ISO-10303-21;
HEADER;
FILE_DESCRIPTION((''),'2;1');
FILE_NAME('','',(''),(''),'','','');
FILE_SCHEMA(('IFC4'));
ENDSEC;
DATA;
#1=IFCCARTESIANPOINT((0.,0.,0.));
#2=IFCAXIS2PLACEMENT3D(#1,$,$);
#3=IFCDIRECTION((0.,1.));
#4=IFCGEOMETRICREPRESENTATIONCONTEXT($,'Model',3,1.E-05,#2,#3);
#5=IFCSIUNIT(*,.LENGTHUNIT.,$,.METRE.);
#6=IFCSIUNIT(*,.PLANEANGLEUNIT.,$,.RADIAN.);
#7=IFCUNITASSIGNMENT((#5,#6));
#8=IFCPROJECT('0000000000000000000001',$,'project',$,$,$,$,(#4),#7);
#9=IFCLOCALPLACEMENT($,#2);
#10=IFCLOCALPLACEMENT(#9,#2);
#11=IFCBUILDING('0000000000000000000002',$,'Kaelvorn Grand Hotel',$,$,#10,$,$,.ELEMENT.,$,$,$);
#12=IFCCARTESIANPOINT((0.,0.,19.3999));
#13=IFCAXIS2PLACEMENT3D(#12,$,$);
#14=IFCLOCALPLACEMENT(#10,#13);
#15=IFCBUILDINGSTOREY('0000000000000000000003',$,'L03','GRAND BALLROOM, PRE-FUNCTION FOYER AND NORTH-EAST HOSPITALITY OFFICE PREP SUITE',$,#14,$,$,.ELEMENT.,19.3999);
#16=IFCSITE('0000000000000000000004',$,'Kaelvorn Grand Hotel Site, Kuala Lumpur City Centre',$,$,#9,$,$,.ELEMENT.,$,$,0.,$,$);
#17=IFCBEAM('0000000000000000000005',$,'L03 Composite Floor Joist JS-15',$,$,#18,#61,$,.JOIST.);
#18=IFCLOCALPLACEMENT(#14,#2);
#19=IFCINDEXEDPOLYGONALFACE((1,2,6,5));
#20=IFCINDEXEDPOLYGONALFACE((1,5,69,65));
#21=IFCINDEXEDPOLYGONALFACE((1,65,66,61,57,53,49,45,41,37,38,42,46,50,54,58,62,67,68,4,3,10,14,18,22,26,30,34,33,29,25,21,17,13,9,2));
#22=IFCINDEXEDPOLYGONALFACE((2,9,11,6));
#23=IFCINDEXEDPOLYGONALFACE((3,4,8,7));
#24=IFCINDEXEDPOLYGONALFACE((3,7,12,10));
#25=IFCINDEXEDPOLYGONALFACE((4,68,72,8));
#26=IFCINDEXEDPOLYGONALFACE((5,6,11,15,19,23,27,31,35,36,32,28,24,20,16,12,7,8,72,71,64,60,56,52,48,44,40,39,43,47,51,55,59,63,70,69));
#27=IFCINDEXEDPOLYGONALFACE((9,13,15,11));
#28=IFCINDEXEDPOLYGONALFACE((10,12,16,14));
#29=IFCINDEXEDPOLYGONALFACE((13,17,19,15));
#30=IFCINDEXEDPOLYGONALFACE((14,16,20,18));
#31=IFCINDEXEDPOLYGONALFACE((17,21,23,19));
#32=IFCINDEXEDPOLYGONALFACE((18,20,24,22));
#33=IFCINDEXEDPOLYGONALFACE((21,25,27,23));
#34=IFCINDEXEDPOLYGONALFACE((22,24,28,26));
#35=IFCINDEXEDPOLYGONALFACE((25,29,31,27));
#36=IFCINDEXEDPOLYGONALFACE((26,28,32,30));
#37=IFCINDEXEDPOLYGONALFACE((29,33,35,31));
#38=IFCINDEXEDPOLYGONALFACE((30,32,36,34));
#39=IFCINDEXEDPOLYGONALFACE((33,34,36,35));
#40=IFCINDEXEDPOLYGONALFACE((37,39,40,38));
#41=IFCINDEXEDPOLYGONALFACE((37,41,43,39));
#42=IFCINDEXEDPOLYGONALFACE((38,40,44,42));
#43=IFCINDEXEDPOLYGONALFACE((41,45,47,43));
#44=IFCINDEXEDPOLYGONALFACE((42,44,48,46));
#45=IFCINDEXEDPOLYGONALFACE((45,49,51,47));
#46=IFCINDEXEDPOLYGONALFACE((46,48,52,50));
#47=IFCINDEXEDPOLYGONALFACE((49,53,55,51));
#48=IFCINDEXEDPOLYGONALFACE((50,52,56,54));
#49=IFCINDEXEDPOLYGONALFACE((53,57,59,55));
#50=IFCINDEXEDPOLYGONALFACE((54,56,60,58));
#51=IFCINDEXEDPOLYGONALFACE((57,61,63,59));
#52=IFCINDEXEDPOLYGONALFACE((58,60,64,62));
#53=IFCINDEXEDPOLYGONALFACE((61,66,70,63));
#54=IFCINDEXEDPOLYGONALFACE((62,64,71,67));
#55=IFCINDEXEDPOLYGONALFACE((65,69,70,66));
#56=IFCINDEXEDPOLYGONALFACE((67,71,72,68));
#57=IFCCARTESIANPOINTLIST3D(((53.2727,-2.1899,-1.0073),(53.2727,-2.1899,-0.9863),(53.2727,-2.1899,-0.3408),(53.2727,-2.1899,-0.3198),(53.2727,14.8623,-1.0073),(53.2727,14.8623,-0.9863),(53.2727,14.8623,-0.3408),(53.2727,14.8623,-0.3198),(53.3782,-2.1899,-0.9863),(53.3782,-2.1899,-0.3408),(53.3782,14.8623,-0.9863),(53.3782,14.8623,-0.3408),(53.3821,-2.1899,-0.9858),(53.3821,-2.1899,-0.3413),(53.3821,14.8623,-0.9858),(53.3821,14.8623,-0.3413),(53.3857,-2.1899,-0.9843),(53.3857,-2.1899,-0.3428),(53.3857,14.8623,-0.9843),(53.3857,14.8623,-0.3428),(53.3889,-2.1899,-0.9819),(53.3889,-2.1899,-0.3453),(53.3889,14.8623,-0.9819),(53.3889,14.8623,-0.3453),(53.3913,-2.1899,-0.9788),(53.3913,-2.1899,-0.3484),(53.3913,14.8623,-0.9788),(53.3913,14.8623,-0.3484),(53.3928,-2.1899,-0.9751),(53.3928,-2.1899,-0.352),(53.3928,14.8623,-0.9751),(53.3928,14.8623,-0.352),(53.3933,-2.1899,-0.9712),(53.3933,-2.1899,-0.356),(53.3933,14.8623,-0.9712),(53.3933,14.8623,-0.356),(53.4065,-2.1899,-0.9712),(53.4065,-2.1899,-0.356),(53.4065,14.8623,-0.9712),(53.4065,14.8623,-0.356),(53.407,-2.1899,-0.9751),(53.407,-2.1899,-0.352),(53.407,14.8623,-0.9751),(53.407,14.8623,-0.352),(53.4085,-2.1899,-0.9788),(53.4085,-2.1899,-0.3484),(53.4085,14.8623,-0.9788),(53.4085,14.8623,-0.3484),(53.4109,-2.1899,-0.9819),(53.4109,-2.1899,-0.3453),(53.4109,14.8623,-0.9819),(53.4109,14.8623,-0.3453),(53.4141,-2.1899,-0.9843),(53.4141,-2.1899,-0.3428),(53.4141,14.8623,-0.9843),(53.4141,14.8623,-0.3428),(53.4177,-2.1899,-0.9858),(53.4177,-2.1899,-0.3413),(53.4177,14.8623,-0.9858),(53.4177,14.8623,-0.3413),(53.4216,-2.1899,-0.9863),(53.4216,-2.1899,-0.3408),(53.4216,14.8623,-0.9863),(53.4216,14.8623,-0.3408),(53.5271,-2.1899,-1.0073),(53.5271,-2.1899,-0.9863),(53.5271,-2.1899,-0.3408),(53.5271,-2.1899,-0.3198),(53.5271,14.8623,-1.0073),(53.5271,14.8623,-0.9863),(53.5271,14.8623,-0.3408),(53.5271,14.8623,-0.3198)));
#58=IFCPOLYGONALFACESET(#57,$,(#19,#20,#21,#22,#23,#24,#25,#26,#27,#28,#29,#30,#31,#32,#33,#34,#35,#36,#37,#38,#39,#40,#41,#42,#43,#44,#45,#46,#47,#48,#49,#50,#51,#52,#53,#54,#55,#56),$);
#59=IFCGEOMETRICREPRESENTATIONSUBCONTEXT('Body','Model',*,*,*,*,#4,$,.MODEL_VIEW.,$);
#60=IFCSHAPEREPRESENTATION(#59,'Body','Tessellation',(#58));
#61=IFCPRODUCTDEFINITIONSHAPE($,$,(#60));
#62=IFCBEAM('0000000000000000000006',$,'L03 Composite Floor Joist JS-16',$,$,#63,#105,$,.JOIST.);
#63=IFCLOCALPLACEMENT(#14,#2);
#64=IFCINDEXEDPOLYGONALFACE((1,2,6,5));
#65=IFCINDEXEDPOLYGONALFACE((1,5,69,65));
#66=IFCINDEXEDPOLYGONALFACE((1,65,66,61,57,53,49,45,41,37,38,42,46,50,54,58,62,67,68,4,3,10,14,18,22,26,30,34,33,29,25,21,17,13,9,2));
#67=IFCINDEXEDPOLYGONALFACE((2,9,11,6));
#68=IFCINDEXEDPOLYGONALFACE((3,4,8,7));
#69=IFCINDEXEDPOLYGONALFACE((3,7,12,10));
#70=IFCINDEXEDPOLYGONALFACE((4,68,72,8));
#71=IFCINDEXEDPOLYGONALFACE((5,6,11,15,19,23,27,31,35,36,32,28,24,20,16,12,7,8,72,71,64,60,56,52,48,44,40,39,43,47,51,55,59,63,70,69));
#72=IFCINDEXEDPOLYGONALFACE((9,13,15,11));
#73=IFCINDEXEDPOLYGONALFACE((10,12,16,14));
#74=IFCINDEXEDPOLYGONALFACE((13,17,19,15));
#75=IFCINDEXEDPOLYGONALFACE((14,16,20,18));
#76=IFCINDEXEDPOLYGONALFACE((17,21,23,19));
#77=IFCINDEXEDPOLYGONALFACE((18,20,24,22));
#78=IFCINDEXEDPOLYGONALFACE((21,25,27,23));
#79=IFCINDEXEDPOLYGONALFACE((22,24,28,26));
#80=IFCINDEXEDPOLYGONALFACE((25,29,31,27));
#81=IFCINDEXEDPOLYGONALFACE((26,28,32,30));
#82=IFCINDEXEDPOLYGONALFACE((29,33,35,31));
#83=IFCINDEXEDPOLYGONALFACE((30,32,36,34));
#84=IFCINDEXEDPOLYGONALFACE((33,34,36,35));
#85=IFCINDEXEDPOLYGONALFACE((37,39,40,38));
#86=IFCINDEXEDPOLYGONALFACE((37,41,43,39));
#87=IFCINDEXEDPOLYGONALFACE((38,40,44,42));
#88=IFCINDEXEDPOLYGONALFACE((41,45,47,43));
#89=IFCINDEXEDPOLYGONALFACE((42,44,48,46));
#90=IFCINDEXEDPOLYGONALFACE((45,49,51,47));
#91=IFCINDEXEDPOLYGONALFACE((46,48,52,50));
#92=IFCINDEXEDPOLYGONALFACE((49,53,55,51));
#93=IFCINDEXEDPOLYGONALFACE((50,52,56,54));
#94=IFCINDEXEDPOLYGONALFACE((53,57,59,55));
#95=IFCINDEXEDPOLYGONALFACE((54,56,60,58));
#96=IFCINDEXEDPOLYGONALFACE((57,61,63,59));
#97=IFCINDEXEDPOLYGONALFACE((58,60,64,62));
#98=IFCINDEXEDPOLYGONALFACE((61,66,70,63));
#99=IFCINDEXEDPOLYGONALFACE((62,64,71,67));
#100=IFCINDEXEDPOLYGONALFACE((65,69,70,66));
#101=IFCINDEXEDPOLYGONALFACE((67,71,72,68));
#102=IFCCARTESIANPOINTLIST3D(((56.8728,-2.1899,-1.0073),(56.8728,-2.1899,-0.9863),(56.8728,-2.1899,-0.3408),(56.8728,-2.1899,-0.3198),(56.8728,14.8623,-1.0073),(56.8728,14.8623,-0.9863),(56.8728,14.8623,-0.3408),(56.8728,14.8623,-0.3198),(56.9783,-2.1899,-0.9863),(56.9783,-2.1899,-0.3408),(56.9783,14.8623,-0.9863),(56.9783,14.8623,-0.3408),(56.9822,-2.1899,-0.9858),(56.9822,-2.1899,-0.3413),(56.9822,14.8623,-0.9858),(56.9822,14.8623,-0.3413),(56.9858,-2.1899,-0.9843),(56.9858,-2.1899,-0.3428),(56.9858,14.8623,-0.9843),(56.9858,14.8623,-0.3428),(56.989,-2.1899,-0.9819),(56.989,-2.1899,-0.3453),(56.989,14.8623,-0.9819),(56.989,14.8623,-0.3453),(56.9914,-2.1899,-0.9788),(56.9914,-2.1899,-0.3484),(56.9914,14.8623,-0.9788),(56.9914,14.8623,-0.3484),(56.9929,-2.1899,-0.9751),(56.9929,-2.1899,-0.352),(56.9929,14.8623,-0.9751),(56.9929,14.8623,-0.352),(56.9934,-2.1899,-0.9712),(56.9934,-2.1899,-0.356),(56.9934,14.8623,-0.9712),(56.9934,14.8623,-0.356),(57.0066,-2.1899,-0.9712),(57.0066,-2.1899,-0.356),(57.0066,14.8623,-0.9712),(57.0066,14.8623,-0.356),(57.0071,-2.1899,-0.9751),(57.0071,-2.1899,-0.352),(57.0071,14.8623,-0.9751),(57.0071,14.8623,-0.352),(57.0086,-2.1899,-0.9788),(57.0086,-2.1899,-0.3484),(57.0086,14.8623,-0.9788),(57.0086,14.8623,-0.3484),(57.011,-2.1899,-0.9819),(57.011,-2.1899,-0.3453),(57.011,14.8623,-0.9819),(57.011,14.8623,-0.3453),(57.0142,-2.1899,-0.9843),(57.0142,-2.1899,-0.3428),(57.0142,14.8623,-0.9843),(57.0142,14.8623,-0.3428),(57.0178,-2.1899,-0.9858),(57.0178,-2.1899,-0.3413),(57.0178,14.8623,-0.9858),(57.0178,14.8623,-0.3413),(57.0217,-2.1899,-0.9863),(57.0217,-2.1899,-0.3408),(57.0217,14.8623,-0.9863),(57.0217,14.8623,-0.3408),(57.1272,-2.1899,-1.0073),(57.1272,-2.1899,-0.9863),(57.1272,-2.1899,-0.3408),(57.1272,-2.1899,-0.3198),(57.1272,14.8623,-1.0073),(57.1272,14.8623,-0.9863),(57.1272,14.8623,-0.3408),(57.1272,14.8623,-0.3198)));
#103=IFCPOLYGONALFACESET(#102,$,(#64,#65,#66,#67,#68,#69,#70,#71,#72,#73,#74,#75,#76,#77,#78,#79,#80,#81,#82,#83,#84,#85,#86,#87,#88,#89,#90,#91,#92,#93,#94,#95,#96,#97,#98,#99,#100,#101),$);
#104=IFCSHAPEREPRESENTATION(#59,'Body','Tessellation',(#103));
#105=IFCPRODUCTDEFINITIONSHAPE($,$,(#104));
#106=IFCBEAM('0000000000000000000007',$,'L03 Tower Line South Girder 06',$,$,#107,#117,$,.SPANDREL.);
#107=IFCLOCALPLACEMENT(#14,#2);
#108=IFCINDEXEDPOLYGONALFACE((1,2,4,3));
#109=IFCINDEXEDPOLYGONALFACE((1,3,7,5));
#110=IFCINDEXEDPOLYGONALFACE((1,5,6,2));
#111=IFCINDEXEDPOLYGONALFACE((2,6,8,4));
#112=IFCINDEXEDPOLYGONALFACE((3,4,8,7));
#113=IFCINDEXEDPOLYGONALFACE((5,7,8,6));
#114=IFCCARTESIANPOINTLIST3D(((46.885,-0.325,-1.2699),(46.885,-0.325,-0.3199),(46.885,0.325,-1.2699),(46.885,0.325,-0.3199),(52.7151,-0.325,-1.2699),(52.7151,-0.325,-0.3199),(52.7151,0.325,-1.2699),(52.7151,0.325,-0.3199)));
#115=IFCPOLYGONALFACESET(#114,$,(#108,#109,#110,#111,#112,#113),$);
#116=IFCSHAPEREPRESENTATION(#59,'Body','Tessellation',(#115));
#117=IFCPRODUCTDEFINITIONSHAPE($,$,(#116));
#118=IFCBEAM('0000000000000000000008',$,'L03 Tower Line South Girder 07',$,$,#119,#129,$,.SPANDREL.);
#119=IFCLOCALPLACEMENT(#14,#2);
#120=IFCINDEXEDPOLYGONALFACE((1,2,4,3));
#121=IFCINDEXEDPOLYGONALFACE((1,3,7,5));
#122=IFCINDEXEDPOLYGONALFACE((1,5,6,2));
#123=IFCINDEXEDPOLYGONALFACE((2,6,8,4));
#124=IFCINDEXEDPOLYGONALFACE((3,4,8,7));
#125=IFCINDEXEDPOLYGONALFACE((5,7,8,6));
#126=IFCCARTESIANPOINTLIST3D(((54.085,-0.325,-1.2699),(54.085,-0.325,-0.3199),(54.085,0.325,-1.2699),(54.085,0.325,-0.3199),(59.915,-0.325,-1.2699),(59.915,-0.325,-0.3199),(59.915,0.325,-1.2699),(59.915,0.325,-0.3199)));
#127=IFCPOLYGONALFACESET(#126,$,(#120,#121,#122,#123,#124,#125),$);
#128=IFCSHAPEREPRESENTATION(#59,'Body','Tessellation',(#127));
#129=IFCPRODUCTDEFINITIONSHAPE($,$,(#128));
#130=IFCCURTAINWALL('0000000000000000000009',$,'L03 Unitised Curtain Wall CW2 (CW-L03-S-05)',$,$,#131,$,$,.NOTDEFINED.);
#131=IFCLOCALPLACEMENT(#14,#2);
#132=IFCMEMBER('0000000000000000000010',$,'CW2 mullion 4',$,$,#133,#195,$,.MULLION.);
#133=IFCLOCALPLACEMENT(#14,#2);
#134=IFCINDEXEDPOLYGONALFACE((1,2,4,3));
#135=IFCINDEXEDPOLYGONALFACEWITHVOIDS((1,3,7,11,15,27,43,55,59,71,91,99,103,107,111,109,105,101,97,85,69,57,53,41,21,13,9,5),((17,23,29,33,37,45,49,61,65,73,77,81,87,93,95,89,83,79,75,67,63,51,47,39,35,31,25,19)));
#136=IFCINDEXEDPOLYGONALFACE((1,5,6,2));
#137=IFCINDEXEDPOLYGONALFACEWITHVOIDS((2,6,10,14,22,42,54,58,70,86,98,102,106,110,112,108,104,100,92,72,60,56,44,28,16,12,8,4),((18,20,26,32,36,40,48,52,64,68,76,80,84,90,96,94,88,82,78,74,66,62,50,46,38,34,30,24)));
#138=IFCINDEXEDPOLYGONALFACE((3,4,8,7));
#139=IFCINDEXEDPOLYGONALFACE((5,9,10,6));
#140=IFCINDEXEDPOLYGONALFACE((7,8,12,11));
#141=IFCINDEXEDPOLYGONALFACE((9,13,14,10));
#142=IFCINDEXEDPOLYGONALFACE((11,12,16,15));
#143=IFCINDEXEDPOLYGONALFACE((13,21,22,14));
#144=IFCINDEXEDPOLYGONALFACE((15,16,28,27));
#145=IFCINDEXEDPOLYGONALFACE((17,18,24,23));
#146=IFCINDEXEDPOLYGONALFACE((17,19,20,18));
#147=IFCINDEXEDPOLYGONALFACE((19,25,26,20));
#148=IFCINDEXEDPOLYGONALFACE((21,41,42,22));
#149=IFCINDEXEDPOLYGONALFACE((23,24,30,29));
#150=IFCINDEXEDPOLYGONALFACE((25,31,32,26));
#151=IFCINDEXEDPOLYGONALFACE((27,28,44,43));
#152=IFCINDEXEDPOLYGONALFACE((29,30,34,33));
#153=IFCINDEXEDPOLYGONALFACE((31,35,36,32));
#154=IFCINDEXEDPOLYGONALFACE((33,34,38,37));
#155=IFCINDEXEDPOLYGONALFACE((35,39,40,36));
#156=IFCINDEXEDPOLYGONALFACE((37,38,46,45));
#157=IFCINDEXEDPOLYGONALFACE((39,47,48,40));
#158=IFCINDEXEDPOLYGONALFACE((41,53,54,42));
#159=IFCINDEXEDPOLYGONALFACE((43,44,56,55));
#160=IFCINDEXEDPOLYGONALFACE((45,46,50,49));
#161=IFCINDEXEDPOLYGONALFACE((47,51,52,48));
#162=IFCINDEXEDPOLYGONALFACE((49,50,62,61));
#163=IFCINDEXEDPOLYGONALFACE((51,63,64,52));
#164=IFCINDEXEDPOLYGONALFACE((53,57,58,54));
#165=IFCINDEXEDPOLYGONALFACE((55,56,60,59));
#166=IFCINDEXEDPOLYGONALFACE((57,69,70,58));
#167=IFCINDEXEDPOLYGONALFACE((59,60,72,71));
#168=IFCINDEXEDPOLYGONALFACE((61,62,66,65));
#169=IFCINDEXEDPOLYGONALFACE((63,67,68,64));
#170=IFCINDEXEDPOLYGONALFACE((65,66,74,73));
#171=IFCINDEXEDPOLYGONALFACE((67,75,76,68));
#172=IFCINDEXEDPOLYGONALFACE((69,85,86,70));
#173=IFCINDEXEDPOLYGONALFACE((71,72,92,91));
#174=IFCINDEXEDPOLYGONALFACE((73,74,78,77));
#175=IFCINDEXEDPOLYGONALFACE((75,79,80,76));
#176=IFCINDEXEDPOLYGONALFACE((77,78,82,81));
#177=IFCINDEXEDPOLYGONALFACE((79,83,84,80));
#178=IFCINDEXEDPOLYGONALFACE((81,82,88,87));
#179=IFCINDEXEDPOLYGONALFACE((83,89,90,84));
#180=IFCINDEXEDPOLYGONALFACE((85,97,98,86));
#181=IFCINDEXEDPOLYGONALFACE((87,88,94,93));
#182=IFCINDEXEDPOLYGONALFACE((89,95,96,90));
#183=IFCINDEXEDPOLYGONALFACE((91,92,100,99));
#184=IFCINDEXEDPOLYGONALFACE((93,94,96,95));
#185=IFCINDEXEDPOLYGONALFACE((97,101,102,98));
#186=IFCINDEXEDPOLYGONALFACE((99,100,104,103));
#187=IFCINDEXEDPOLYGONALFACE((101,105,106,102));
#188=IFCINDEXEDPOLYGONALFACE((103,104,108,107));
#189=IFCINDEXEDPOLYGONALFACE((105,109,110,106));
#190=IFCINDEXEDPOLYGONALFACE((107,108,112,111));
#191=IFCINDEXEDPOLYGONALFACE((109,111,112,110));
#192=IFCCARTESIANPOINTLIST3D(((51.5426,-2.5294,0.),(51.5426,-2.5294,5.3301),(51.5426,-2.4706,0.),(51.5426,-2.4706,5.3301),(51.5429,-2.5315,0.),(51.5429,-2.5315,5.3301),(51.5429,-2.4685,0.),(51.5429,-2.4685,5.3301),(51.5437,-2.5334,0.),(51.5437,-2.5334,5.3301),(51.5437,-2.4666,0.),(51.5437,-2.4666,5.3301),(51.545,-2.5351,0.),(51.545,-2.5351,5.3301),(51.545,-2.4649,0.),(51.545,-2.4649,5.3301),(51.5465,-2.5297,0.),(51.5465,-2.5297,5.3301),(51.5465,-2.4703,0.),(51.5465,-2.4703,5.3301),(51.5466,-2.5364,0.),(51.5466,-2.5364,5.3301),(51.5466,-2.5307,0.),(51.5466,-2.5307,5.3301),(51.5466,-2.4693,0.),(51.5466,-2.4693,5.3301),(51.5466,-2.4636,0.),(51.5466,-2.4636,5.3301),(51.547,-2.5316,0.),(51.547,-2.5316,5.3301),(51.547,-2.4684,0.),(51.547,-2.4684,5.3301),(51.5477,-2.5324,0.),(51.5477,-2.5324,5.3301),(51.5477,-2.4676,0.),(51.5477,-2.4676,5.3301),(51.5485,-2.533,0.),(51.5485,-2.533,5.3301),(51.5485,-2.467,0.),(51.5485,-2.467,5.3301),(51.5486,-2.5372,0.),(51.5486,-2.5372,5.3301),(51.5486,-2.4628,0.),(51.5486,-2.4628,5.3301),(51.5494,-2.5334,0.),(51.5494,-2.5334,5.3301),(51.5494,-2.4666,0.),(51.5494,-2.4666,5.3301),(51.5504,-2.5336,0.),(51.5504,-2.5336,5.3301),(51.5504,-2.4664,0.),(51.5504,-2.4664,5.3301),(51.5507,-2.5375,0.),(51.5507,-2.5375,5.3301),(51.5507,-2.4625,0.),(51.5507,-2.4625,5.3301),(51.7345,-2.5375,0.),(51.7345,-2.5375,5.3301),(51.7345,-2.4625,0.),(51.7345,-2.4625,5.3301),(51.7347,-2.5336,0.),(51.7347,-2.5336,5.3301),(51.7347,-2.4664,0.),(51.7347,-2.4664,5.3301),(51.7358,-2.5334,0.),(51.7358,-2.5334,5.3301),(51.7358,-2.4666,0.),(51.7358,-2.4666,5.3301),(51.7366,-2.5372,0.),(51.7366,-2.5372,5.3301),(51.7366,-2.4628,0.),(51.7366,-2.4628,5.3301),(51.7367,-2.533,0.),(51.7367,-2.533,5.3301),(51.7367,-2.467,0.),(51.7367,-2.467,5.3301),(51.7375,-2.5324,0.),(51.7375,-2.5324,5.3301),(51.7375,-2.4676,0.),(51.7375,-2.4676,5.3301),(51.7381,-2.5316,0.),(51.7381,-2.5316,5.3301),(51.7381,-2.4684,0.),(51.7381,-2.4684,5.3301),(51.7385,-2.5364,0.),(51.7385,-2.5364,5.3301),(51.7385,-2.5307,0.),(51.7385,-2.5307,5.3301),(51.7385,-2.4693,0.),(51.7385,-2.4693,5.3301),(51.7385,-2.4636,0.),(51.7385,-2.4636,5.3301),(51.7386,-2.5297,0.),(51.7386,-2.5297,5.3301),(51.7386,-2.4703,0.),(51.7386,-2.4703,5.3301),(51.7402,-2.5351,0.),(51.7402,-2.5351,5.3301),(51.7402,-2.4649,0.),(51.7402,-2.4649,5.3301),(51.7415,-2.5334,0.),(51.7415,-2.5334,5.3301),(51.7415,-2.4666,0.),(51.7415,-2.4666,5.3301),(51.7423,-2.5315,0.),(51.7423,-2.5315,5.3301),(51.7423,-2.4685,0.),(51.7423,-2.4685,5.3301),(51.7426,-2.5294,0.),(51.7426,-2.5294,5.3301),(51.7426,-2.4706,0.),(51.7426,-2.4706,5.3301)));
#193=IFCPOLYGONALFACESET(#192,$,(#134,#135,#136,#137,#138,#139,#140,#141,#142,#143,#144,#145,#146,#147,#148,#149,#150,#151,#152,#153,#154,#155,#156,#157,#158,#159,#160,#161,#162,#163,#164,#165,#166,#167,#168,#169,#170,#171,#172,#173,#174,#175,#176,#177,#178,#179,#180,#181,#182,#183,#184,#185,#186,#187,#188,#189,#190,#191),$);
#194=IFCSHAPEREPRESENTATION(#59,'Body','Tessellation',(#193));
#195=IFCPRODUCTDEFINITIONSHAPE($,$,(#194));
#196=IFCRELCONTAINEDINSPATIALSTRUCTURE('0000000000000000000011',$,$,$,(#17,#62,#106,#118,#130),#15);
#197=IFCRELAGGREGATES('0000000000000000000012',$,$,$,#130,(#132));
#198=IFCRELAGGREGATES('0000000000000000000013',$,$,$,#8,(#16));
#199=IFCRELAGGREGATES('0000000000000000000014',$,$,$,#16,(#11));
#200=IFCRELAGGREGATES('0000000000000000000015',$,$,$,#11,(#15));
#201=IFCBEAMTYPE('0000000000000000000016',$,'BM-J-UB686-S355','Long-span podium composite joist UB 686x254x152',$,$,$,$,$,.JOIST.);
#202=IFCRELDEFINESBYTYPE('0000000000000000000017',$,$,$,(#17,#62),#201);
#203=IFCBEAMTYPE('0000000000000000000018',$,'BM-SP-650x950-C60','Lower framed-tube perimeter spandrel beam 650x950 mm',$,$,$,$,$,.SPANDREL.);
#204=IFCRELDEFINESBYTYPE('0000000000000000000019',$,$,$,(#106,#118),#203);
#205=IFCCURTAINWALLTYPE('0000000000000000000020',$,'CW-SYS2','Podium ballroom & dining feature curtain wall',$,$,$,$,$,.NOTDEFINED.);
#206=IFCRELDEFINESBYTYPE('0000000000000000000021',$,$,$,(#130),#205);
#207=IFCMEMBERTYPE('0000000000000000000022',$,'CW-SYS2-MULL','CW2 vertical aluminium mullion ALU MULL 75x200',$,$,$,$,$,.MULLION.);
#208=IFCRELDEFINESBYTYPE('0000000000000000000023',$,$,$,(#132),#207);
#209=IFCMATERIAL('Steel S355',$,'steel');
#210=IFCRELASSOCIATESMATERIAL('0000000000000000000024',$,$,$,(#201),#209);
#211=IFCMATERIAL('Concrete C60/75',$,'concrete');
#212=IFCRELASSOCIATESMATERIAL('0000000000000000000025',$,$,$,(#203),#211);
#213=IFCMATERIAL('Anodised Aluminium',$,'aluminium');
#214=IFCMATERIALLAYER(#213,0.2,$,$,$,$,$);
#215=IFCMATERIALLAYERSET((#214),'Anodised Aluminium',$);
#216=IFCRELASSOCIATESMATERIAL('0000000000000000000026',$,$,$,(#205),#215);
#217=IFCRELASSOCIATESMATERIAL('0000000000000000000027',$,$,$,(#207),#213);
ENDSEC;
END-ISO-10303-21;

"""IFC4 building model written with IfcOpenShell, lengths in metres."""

from ifc_helpers import new_model, si_unit, direction, frame, origin, origin_2d, place, context, subcontext, project, spatial, rectangle, hollow_rectangle, i_section, extrude, material, layer, layer_set, material_profile, profile_set, type_object, element, aggregate, save


model = new_model("IFC4")

# Units and contexts
model_context = context("Model", 3, precision=1e-05, world=origin(), true_north=direction((0.0, 1.0)))
body_context = subcontext(model_context, "Body", "Model", "MODEL_VIEW")
ifc_project = project(units=[si_unit("LENGTHUNIT", "METRE"), si_unit("PLANEANGLEUNIT", "RADIAN")], contexts=[model_context])

# Site, building, storey
site_placement = place(None, origin())
site = spatial("IfcSite", under=ifc_project, at=site_placement, Name="Kaelvorn Grand Hotel Site, Kuala Lumpur City Centre", CompositionType="ELEMENT", RefElevation=0.0)
building_placement = place(site_placement, origin())
building = spatial("IfcBuilding", under=site, at=building_placement, Name="Kaelvorn Grand Hotel", CompositionType="ELEMENT")
storey_placement = place(building_placement, frame((0.0, 0.0, 19.3999)))
storey = spatial("IfcBuildingStorey", under=building, at=storey_placement, Name="L03", Description="GRAND BALLROOM, PRE-FUNCTION FOYER AND NORTH-EAST HOSPITALITY OFFICE PREP SUITE", CompositionType="ELEMENT", Elevation=19.3999)

# Beams
ifc_material_1 = material(Name="Steel S355", Category="steel")
ifc_material_profile_1 = material_profile(ifc_material_1, i_section(OverallWidth=0.2544, OverallDepth=0.6875, WebThickness=0.0132, FlangeThickness=0.021, FilletRadius=0.0151, at=origin_2d()), Name="UB 686x254x152")
ifc_profile_set_1 = profile_set([ifc_material_profile_1], Name="Steel S355")
beam_type_1 = type_object("IfcBeamType", Name="BM-J-UB686-S355", Description="Long-span podium composite joist UB 686x254x152", PredefinedType="JOIST", material=ifc_profile_set_1)
for number, where, z_axis, x_axis, name in (
    (1, (53.3999, -2.1899, -0.6636), (0.0, 1.0, 0.0), (-1.0, 0.0, 0.0), "L03 Composite Floor Joist JS-15"),
    (2, (57.0, -2.1899, -0.6636), (0.0, 1.0, 0.0), (-1.0, 0.0, 0.0), "L03 Composite Floor Joist JS-16"),
):
    element("IfcBeam", number, at=place(storey_placement, frame(where, z_axis=z_axis, x_axis=x_axis)), inside=storey, type_object=beam_type_1, Name=name, PredefinedType="JOIST", context=body_context, shape_type="SweptSolid", body=[
        extrude(i_section(OverallWidth=0.2544, OverallDepth=0.6875, WebThickness=0.0132, FlangeThickness=0.021, FilletRadius=0.0151, at=origin_2d()), origin(), (0.0, 0.0, 1.0), 17.0522),
    ])
ifc_material_2 = material(Name="Concrete C60/75", Category="concrete")
ifc_material_profile_2 = material_profile(ifc_material_2, rectangle(XDim=0.6499, YDim=0.95, at=origin_2d()), Name="RC SPANDREL 650x950")
ifc_profile_set_2 = profile_set([ifc_material_profile_2], Name="Concrete C60/75")
beam_type_2 = type_object("IfcBeamType", Name="BM-SP-650x950-C60", Description="Lower framed-tube perimeter spandrel beam 650x950 mm", PredefinedType="SPANDREL", material=ifc_profile_set_2)
for number, where, z_axis, x_axis, name in (
    (3, (46.885, 0.0, -0.7949), (1.0, 0.0, 0.0), (0.0, 1.0, 0.0), "L03 Tower Line South Girder 06"),
    (4, (54.085, 0.0, -0.7949), (1.0, 0.0, 0.0), (0.0, 1.0, 0.0), "L03 Tower Line South Girder 07"),
):
    element("IfcBeam", number, at=place(storey_placement, frame(where, z_axis=z_axis, x_axis=x_axis)), inside=storey, type_object=beam_type_2, Name=name, PredefinedType="SPANDREL", context=body_context, shape_type="SweptSolid", body=[
        extrude(rectangle(XDim=0.6499, YDim=0.95, at=origin_2d()), origin(), (0.0, 0.0, 1.0), 5.8301),
    ])

# Curtain wall, member
ifc_material_3 = material(Name="Anodised Aluminium", Category="aluminium")
ifc_layer_1 = layer(ifc_material_3, 0.2)
ifc_layer_set_1 = layer_set([ifc_layer_1], Name="Anodised Aluminium")
curtain_wall_type = type_object("IfcCurtainWallType", Name="CW-SYS2", Description="Podium ballroom & dining feature curtain wall", PredefinedType="NOTDEFINED", material=ifc_layer_set_1)
curtain_wall_1_placement = place(storey_placement, origin())
curtain_wall_1 = element("IfcCurtainWall", 5, at=curtain_wall_1_placement, inside=storey, type_object=curtain_wall_type, Name="L03 Unitised Curtain Wall CW2 (CW-L03-S-05)", PredefinedType="NOTDEFINED")
ifc_material_profile_3 = material_profile(ifc_material_3, hollow_rectangle(XDim=0.075, YDim=0.2, WallThickness=0.0039, InnerFilletRadius=0.0039, OuterFilletRadius=0.0081, at=origin_2d()), Name="ALU MULL 75x200")
ifc_profile_set_3 = profile_set([ifc_material_profile_3], Name="Anodised Aluminium")
member_type_1 = type_object("IfcMemberType", Name="CW-SYS2-MULL", Description="CW2 vertical aluminium mullion ALU MULL 75x200", PredefinedType="MULLION", material=ifc_profile_set_3)
member_1_placement = place(storey_placement, frame((51.6426, -2.5, 0.0), z_axis=(0.0, 0.0, 1.0), x_axis=(0.0, 1.0, 0.0)))
member_1 = element("IfcMember", 6, at=member_1_placement, type_object=member_type_1, Name="CW2 mullion 4", PredefinedType="MULLION", context=body_context, shape_type="SweptSolid", body=[
    extrude(hollow_rectangle(XDim=0.075, YDim=0.2, WallThickness=0.0039, InnerFilletRadius=0.0039, OuterFilletRadius=0.0081, at=origin_2d()), origin(), (0.0, 0.0, 1.0), 5.3301),
])

aggregate(curtain_wall_1, [member_1])

save(model, "model.ifc")
